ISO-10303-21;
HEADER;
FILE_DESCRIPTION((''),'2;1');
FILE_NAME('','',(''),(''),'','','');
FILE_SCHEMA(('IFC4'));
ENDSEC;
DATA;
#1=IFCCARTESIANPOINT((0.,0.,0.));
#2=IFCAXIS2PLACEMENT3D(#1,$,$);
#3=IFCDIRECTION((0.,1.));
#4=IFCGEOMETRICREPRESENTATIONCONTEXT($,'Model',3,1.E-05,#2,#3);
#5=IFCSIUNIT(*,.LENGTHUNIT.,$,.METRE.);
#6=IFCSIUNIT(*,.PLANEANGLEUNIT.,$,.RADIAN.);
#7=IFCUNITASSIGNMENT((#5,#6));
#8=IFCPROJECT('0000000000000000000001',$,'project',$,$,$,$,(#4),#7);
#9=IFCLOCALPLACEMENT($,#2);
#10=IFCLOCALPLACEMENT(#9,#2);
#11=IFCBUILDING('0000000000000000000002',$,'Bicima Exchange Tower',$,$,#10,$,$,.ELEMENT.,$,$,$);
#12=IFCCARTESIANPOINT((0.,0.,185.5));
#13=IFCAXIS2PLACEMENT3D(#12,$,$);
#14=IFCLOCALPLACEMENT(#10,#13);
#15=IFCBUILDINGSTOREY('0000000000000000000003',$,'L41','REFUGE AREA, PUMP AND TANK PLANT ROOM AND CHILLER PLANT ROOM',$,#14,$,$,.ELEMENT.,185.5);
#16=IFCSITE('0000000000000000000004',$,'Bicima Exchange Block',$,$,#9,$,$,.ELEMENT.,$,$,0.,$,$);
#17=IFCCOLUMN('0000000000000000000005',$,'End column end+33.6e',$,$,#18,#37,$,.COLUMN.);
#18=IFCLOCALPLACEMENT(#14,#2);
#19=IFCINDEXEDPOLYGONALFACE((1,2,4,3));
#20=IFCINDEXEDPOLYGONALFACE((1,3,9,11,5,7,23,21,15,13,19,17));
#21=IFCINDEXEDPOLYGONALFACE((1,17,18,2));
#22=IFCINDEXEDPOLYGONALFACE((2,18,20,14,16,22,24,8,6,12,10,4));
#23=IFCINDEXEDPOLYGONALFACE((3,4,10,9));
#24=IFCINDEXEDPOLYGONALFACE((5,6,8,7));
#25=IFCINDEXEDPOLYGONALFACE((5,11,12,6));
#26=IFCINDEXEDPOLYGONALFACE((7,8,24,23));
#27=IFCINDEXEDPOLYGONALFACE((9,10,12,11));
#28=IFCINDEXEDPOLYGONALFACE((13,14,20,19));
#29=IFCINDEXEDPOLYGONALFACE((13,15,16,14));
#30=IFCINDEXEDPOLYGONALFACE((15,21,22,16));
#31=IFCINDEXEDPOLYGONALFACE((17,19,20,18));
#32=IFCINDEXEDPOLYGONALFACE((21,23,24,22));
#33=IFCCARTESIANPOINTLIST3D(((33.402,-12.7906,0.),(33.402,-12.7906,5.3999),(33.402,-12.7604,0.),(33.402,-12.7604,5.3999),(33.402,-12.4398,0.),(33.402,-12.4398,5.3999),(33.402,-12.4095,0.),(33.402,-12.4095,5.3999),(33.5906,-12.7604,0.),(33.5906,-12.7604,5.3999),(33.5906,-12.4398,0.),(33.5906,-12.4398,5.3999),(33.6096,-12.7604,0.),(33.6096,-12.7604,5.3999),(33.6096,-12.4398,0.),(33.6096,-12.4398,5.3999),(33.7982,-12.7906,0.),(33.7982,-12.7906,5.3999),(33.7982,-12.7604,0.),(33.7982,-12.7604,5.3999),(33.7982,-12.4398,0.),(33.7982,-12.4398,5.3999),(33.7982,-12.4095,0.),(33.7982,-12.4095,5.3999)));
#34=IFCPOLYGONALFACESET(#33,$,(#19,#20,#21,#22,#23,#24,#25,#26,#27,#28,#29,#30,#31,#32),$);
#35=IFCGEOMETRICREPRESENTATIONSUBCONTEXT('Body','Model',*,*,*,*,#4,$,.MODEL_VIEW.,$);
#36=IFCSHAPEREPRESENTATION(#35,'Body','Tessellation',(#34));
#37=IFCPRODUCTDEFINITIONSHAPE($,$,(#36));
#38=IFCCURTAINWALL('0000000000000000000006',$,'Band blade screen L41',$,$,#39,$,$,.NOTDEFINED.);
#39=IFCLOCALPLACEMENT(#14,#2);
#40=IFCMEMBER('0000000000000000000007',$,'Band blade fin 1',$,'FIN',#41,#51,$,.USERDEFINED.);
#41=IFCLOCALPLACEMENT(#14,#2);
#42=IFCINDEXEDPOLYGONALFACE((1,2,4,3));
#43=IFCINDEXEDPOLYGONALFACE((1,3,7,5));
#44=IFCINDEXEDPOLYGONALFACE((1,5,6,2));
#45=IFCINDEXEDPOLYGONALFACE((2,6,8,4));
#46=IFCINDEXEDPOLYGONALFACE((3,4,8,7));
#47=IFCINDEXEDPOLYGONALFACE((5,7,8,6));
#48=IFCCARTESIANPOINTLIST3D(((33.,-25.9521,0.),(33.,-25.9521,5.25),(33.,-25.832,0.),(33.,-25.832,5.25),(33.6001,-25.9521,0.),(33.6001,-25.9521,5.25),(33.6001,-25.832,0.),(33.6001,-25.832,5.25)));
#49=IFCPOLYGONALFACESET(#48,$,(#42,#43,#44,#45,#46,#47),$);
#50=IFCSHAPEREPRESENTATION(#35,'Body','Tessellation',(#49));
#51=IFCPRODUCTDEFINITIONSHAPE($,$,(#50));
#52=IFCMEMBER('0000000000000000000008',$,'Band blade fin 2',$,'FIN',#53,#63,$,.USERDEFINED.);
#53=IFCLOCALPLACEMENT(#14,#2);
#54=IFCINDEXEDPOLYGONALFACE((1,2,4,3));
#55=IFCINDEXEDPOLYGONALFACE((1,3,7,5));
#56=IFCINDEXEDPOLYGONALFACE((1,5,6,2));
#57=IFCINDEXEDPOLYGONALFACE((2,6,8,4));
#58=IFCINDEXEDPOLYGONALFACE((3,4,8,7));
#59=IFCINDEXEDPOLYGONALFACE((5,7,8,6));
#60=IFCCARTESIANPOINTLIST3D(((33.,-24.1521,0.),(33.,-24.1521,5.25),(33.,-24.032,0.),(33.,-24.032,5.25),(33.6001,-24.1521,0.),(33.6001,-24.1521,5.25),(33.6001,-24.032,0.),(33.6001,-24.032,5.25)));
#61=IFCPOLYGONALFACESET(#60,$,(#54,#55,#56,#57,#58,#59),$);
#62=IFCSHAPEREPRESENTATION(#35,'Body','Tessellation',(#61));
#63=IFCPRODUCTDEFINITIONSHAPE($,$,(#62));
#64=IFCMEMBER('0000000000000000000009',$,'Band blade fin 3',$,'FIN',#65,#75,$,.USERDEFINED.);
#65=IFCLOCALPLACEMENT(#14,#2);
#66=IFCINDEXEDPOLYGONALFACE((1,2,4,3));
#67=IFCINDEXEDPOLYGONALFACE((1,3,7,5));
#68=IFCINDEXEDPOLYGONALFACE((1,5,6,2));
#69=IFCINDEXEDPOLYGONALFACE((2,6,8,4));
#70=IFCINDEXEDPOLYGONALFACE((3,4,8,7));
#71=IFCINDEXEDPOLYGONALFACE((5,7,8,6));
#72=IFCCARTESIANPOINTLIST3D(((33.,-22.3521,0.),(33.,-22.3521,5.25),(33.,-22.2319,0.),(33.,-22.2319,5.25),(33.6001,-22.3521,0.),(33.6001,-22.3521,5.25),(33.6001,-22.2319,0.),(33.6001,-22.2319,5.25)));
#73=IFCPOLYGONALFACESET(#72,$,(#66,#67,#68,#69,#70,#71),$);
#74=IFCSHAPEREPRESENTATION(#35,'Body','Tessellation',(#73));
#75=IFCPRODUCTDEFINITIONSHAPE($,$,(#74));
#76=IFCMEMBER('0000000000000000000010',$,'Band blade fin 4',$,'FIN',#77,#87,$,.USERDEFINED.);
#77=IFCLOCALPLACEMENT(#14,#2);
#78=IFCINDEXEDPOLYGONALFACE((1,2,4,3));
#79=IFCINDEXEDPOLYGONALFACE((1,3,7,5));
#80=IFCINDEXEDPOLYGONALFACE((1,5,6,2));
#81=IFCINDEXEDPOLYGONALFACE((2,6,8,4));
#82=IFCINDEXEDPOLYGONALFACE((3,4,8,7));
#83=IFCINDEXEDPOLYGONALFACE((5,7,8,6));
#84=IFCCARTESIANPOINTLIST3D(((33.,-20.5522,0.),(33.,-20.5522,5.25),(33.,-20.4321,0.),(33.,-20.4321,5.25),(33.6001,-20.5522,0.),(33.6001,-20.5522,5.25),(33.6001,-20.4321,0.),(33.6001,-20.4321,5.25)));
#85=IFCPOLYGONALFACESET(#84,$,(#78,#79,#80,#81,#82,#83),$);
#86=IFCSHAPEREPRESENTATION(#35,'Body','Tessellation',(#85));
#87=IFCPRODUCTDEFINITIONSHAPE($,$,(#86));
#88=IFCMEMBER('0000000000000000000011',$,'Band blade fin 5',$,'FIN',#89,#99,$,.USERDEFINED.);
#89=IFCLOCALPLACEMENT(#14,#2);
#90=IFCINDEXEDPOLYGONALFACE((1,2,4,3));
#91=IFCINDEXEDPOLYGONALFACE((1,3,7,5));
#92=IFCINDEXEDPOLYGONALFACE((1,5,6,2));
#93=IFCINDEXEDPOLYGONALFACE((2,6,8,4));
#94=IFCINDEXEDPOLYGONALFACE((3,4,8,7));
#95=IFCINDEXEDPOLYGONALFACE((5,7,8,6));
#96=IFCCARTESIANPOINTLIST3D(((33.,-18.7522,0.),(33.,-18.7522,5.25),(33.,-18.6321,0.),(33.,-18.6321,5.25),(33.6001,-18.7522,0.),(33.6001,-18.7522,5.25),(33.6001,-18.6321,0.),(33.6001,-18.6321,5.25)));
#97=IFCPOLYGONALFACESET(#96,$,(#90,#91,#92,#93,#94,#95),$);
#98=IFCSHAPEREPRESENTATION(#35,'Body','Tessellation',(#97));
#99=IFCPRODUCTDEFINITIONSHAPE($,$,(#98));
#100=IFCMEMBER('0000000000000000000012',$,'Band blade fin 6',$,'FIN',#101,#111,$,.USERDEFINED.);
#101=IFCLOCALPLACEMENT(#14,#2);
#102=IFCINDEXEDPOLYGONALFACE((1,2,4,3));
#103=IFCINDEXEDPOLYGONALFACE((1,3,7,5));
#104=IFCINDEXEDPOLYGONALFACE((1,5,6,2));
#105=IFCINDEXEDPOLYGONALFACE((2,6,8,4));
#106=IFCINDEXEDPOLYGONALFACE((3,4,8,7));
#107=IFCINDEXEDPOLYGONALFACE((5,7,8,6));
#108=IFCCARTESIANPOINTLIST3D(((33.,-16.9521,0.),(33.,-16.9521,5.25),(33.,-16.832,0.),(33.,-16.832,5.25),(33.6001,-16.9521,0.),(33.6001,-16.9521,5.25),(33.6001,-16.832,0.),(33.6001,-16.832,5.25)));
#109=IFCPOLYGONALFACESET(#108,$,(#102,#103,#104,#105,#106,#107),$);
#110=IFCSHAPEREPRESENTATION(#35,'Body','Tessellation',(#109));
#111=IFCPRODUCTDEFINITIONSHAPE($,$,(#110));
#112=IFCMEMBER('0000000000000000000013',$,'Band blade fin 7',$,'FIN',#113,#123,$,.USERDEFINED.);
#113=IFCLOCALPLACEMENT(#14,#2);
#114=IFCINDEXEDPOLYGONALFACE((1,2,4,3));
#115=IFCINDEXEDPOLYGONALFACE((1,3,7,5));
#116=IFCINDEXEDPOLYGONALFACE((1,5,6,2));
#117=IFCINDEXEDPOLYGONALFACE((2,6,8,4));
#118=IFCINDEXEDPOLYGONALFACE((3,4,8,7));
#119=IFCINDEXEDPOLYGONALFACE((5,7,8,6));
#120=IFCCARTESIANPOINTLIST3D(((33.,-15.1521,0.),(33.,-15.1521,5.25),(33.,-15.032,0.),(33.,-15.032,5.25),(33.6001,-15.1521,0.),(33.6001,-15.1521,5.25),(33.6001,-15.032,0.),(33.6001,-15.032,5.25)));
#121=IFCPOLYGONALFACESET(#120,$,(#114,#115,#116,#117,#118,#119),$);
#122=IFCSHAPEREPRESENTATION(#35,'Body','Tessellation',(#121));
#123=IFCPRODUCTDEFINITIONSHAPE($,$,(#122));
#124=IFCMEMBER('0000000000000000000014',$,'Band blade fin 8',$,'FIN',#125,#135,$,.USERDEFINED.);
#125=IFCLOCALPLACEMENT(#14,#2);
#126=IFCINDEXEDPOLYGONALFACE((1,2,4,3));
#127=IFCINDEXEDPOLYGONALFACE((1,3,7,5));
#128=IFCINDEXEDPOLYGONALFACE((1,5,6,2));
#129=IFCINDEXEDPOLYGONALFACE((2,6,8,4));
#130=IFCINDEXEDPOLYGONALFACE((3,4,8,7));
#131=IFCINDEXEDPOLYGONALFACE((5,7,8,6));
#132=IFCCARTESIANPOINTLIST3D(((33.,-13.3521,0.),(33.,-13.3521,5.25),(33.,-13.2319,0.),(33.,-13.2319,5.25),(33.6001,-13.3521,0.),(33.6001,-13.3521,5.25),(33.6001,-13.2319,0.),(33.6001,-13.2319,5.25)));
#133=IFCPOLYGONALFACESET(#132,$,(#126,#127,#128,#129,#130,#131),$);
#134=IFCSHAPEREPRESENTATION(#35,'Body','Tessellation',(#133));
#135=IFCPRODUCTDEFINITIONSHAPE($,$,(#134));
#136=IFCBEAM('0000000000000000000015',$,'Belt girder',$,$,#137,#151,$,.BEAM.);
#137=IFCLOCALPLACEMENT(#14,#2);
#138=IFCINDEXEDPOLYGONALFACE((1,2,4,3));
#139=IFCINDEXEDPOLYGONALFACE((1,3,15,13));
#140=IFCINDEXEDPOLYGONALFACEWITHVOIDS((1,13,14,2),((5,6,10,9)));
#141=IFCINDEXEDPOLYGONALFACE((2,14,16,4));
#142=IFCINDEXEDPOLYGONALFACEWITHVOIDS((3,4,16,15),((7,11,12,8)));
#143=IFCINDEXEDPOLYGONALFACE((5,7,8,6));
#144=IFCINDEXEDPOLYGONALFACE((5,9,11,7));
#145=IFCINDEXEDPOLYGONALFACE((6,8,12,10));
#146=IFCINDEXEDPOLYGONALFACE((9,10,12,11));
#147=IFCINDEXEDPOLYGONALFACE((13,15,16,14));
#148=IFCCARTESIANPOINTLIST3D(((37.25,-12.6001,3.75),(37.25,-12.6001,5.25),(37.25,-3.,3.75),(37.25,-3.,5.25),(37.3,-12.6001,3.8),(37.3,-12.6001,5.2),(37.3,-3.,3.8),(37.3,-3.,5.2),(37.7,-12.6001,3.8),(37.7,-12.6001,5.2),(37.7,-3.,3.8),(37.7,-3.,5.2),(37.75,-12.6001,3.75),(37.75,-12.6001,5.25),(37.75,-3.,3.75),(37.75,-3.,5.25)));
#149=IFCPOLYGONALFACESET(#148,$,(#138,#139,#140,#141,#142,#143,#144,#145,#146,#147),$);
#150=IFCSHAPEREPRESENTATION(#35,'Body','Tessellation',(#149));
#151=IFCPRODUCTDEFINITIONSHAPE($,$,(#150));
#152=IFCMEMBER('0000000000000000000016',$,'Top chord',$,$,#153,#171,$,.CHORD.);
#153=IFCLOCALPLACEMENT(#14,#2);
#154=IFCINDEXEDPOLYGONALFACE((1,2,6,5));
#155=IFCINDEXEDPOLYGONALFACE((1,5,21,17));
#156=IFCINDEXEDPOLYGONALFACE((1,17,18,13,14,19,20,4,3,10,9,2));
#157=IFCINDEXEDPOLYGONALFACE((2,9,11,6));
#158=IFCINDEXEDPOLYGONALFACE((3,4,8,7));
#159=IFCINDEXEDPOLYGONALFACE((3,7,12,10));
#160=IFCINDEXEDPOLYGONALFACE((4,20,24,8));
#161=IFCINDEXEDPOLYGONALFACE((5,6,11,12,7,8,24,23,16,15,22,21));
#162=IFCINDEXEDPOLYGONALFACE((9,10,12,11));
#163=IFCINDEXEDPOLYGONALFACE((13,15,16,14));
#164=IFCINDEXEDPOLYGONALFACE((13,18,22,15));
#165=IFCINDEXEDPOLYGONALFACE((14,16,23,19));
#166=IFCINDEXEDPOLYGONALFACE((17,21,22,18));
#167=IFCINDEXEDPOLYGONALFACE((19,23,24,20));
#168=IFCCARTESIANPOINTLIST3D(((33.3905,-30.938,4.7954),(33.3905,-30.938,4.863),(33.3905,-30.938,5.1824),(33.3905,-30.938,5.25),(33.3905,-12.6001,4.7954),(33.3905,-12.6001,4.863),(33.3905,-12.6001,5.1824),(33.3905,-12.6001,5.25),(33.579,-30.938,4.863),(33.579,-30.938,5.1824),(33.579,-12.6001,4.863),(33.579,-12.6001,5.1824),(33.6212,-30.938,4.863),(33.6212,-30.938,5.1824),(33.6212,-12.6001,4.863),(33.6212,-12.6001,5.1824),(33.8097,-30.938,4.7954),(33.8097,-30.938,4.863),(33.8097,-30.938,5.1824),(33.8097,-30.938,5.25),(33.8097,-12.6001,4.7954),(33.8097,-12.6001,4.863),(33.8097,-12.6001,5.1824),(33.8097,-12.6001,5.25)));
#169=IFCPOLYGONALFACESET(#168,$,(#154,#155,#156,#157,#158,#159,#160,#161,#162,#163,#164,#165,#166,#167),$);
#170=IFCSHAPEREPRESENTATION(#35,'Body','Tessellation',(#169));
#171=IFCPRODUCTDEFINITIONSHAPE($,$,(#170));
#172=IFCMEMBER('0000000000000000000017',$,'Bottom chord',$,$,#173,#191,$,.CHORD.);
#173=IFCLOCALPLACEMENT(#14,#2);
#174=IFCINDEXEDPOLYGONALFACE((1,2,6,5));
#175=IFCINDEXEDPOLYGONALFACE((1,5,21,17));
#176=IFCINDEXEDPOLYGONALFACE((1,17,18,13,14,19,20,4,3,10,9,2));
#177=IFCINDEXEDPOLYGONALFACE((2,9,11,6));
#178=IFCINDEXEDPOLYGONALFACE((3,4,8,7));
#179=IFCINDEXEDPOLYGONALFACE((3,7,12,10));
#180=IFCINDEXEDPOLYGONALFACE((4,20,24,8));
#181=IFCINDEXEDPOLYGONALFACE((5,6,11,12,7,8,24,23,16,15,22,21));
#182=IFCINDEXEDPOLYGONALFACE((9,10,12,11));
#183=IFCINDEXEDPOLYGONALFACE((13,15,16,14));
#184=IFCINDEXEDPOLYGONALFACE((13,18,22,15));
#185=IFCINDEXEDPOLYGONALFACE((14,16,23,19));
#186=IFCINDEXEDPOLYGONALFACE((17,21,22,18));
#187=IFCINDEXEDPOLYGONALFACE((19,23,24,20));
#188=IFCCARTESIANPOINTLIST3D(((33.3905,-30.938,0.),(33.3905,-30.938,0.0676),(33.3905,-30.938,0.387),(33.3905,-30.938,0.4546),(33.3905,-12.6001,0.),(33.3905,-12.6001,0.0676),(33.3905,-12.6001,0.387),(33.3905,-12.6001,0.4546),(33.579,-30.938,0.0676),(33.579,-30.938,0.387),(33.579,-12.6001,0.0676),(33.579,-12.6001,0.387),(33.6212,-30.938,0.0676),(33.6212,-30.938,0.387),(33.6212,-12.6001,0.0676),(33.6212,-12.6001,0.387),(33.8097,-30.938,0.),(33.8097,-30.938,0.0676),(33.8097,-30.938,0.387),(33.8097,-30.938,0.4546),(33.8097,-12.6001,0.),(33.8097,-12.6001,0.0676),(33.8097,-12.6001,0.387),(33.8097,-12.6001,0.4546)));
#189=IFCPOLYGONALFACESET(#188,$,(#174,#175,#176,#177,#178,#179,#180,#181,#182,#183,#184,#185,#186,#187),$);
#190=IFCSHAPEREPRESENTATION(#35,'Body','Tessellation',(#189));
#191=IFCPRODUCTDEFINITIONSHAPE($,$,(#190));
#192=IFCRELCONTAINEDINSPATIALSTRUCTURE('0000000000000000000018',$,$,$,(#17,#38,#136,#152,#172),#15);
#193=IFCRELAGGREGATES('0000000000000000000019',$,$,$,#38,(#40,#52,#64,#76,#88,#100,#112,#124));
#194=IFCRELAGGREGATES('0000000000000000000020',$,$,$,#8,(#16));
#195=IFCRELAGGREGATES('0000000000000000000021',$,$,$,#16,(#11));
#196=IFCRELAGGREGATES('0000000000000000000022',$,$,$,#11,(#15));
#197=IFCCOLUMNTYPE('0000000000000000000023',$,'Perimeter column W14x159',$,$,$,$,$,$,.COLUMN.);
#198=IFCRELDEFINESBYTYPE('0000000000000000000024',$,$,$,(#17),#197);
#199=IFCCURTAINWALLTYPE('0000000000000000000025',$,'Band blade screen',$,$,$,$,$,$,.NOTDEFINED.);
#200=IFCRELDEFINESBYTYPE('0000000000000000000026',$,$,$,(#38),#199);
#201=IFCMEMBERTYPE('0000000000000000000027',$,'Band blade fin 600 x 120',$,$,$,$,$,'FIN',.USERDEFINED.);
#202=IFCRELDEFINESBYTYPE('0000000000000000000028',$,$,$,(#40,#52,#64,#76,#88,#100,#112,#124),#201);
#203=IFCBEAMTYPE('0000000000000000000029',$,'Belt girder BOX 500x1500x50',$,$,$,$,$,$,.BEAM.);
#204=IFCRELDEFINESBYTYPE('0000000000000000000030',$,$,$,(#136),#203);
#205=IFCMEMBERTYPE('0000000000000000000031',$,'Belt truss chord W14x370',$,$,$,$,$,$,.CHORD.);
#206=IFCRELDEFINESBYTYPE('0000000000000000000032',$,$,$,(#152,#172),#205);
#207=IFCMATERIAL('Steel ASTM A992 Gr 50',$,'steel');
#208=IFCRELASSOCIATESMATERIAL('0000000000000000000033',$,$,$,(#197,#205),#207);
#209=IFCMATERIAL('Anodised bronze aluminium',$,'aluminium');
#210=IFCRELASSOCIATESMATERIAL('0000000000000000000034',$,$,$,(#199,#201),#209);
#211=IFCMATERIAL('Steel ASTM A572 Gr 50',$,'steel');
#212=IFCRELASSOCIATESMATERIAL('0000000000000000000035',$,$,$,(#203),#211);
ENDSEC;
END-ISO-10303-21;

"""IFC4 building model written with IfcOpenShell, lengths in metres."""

from ifc_helpers import new_model, si_unit, direction, frame, origin, origin_2d, place, context, subcontext, project, spatial, rectangle, hollow_rectangle, i_section, extrude, material, material_profile, profile_set, type_object, element, aggregate, save


model = new_model("IFC4")

# Units and contexts
model_context = context("Model", 3, precision=1e-05, world=origin(), true_north=direction((0.0, 1.0)))
body_context = subcontext(model_context, "Body", "Model", "MODEL_VIEW")
ifc_project = project(units=[si_unit("LENGTHUNIT", "METRE"), si_unit("PLANEANGLEUNIT", "RADIAN")], contexts=[model_context])

# Site, building, storey
site_placement = place(None, origin())
site = spatial("IfcSite", under=ifc_project, at=site_placement, Name="Bicima Exchange Block", CompositionType="ELEMENT", RefElevation=0.0)
building_placement = place(site_placement, origin())
building = spatial("IfcBuilding", under=site, at=building_placement, Name="Bicima Exchange Tower", CompositionType="ELEMENT")
storey_placement = place(building_placement, frame((0.0, 0.0, 185.5)))
storey = spatial("IfcBuildingStorey", under=building, at=storey_placement, Name="L41", Description="REFUGE AREA, PUMP AND TANK PLANT ROOM AND CHILLER PLANT ROOM", CompositionType="ELEMENT", Elevation=185.5)

# Column
ifc_material_1 = material(Name="Steel ASTM A992 Gr 50", Category="steel")
ifc_material_profile_1 = material_profile(ifc_material_1, i_section(OverallWidth=0.3962, OverallDepth=0.3811, WebThickness=0.019, FlangeThickness=0.0303, at=origin_2d()))
ifc_profile_set_1 = profile_set([ifc_material_profile_1], Name="Steel ASTM A992 Gr 50")
column_type = type_object("IfcColumnType", Name="Perimeter column W14x159", PredefinedType="COLUMN", material=ifc_profile_set_1)
column_placement = place(storey_placement, frame((33.6001, -12.6001, 0.0), z_axis=(0.0, 0.0, 1.0), x_axis=(1.0, 0.0, 0.0)))
element("IfcColumn", 1, at=column_placement, inside=storey, type_object=column_type, Name="End column end+33.6e", PredefinedType="COLUMN", context=body_context, shape_type="SweptSolid", body=[
    extrude(i_section(OverallWidth=0.3962, OverallDepth=0.3811, WebThickness=0.019, FlangeThickness=0.0303, at=origin_2d()), origin(), (0.0, 0.0, 1.0), 5.3999),
])

# Curtain wall, members
ifc_material_2 = material(Name="Anodised bronze aluminium", Category="aluminium")
curtain_wall_type = type_object("IfcCurtainWallType", Name="Band blade screen", PredefinedType="NOTDEFINED", material=ifc_material_2)
curtain_wall_placement = place(storey_placement, origin())
curtain_wall = element("IfcCurtainWall", 2, at=curtain_wall_placement, inside=storey, type_object=curtain_wall_type, Name="Band blade screen L41", PredefinedType="NOTDEFINED")
ifc_material_profile_2 = material_profile(ifc_material_2, rectangle(XDim=0.6001, YDim=0.1201, at=origin_2d()))
ifc_profile_set_2 = profile_set([ifc_material_profile_2], Name="Anodised bronze aluminium")
member_type_1 = type_object("IfcMemberType", Name="Band blade fin 600 x 120", ElementType="FIN", PredefinedType="USERDEFINED", material=ifc_profile_set_2)
member_1_placement = place(storey_placement, frame((33.3, -25.8921, 0.0), z_axis=(0.0, 0.0, 1.0), x_axis=(-1.0, 0.0, 0.0)))
member_1 = element("IfcMember", 3, at=member_1_placement, type_object=member_type_1, Name="Band blade fin 1", ObjectType="FIN", PredefinedType="USERDEFINED", context=body_context, shape_type="SweptSolid", body=[
    extrude(rectangle(XDim=0.6001, YDim=0.1201, at=origin_2d()), origin(), (0.0, 0.0, 1.0), 5.25),
])
member_2_placement = place(storey_placement, frame((33.3, -24.092, 0.0), z_axis=(0.0, 0.0, 1.0), x_axis=(-1.0, 0.0, 0.0)))
member_2 = element("IfcMember", 4, at=member_2_placement, type_object=member_type_1, Name="Band blade fin 2", ObjectType="FIN", PredefinedType="USERDEFINED", context=body_context, shape_type="SweptSolid", body=[
    extrude(rectangle(XDim=0.6001, YDim=0.1201, at=origin_2d()), origin(), (0.0, 0.0, 1.0), 5.25),
])
member_3_placement = place(storey_placement, frame((33.3, -22.292, 0.0), z_axis=(0.0, 0.0, 1.0), x_axis=(-1.0, 0.0, 0.0)))
member_3 = element("IfcMember", 5, at=member_3_placement, type_object=member_type_1, Name="Band blade fin 3", ObjectType="FIN", PredefinedType="USERDEFINED", context=body_context, shape_type="SweptSolid", body=[
    extrude(rectangle(XDim=0.6001, YDim=0.1201, at=origin_2d()), origin(), (0.0, 0.0, 1.0), 5.25),
])
member_4_placement = place(storey_placement, frame((33.3, -20.4922, 0.0), z_axis=(0.0, 0.0, 1.0), x_axis=(-1.0, 0.0, 0.0)))
member_4 = element("IfcMember", 6, at=member_4_placement, type_object=member_type_1, Name="Band blade fin 4", ObjectType="FIN", PredefinedType="USERDEFINED", context=body_context, shape_type="SweptSolid", body=[
    extrude(rectangle(XDim=0.6001, YDim=0.1201, at=origin_2d()), origin(), (0.0, 0.0, 1.0), 5.25),
])
member_5_placement = place(storey_placement, frame((33.3, -18.6921, 0.0), z_axis=(0.0, 0.0, 1.0), x_axis=(-1.0, 0.0, 0.0)))
member_5 = element("IfcMember", 7, at=member_5_placement, type_object=member_type_1, Name="Band blade fin 5", ObjectType="FIN", PredefinedType="USERDEFINED", context=body_context, shape_type="SweptSolid", body=[
    extrude(rectangle(XDim=0.6001, YDim=0.1201, at=origin_2d()), origin(), (0.0, 0.0, 1.0), 5.25),
])
member_6_placement = place(storey_placement, frame((33.3, -16.8921, 0.0), z_axis=(0.0, 0.0, 1.0), x_axis=(-1.0, 0.0, 0.0)))
member_6 = element("IfcMember", 8, at=member_6_placement, type_object=member_type_1, Name="Band blade fin 6", ObjectType="FIN", PredefinedType="USERDEFINED", context=body_context, shape_type="SweptSolid", body=[
    extrude(rectangle(XDim=0.6001, YDim=0.1201, at=origin_2d()), origin(), (0.0, 0.0, 1.0), 5.25),
])
member_7_placement = place(storey_placement, frame((33.3, -15.092, 0.0), z_axis=(0.0, 0.0, 1.0), x_axis=(-1.0, 0.0, 0.0)))
member_7 = element("IfcMember", 9, at=member_7_placement, type_object=member_type_1, Name="Band blade fin 7", ObjectType="FIN", PredefinedType="USERDEFINED", context=body_context, shape_type="SweptSolid", body=[
    extrude(rectangle(XDim=0.6001, YDim=0.1201, at=origin_2d()), origin(), (0.0, 0.0, 1.0), 5.25),
])
member_8_placement = place(storey_placement, frame((33.3, -13.292, 0.0), z_axis=(0.0, 0.0, 1.0), x_axis=(-1.0, 0.0, 0.0)))
member_8 = element("IfcMember", 10, at=member_8_placement, type_object=member_type_1, Name="Band blade fin 8", ObjectType="FIN", PredefinedType="USERDEFINED", context=body_context, shape_type="SweptSolid", body=[
    extrude(rectangle(XDim=0.6001, YDim=0.1201, at=origin_2d()), origin(), (0.0, 0.0, 1.0), 5.25),
])
aggregate(curtain_wall, [member_1, member_2, member_3, member_4, member_5, member_6, member_7, member_8])

# Beam
ifc_material_3 = material(Name="Steel ASTM A572 Gr 50", Category="steel")
ifc_material_profile_3 = material_profile(ifc_material_3, hollow_rectangle(XDim=0.5, YDim=1.5, WallThickness=0.05, at=origin_2d()))
ifc_profile_set_3 = profile_set([ifc_material_profile_3], Name="Steel ASTM A572 Gr 50")
beam_type_1 = type_object("IfcBeamType", Name="Belt girder BOX 500x1500x50", PredefinedType="BEAM", material=ifc_profile_set_3)
beam_1_placement = place(storey_placement, frame((37.5, -12.6001, 4.5), z_axis=(0.0, 1.0, 0.0), x_axis=(-1.0, 0.0, 0.0)))
element("IfcBeam", 11, at=beam_1_placement, inside=storey, type_object=beam_type_1, Name="Belt girder", PredefinedType="BEAM", context=body_context, shape_type="SweptSolid", body=[
    extrude(hollow_rectangle(XDim=0.5, YDim=1.5, WallThickness=0.05, at=origin_2d()), origin(), (0.0, 0.0, 1.0), 9.6001),
])

# Members
ifc_material_profile_4 = material_profile(ifc_material_1, i_section(OverallWidth=0.4192, OverallDepth=0.4546, WebThickness=0.0422, FlangeThickness=0.0676, at=origin_2d()))
ifc_profile_set_4 = profile_set([ifc_material_profile_4], Name="Steel ASTM A992 Gr 50")
member_type_2 = type_object("IfcMemberType", Name="Belt truss chord W14x370", PredefinedType="CHORD", material=ifc_profile_set_4)
for number, where, z_axis, x_axis, name in (
    (12, (33.6001, -12.6001, 5.0227), (0.0, -1.0, 0.0), (1.0, 0.0, 0.0), "Top chord"),
    (13, (33.6001, -12.6001, 0.2273), (0.0, -1.0, 0.0), (1.0, 0.0, 0.0), "Bottom chord"),
):
    element("IfcMember", number, at=place(storey_placement, frame(where, z_axis=z_axis, x_axis=x_axis)), inside=storey, type_object=member_type_2, Name=name, PredefinedType="CHORD", context=body_context, shape_type="SweptSolid", body=[
        extrude(i_section(OverallWidth=0.4192, OverallDepth=0.4546, WebThickness=0.0422, FlangeThickness=0.0676, at=origin_2d()), origin(), (0.0, 0.0, 1.0), 18.3379),
    ])

save(model, "model.ifc")
